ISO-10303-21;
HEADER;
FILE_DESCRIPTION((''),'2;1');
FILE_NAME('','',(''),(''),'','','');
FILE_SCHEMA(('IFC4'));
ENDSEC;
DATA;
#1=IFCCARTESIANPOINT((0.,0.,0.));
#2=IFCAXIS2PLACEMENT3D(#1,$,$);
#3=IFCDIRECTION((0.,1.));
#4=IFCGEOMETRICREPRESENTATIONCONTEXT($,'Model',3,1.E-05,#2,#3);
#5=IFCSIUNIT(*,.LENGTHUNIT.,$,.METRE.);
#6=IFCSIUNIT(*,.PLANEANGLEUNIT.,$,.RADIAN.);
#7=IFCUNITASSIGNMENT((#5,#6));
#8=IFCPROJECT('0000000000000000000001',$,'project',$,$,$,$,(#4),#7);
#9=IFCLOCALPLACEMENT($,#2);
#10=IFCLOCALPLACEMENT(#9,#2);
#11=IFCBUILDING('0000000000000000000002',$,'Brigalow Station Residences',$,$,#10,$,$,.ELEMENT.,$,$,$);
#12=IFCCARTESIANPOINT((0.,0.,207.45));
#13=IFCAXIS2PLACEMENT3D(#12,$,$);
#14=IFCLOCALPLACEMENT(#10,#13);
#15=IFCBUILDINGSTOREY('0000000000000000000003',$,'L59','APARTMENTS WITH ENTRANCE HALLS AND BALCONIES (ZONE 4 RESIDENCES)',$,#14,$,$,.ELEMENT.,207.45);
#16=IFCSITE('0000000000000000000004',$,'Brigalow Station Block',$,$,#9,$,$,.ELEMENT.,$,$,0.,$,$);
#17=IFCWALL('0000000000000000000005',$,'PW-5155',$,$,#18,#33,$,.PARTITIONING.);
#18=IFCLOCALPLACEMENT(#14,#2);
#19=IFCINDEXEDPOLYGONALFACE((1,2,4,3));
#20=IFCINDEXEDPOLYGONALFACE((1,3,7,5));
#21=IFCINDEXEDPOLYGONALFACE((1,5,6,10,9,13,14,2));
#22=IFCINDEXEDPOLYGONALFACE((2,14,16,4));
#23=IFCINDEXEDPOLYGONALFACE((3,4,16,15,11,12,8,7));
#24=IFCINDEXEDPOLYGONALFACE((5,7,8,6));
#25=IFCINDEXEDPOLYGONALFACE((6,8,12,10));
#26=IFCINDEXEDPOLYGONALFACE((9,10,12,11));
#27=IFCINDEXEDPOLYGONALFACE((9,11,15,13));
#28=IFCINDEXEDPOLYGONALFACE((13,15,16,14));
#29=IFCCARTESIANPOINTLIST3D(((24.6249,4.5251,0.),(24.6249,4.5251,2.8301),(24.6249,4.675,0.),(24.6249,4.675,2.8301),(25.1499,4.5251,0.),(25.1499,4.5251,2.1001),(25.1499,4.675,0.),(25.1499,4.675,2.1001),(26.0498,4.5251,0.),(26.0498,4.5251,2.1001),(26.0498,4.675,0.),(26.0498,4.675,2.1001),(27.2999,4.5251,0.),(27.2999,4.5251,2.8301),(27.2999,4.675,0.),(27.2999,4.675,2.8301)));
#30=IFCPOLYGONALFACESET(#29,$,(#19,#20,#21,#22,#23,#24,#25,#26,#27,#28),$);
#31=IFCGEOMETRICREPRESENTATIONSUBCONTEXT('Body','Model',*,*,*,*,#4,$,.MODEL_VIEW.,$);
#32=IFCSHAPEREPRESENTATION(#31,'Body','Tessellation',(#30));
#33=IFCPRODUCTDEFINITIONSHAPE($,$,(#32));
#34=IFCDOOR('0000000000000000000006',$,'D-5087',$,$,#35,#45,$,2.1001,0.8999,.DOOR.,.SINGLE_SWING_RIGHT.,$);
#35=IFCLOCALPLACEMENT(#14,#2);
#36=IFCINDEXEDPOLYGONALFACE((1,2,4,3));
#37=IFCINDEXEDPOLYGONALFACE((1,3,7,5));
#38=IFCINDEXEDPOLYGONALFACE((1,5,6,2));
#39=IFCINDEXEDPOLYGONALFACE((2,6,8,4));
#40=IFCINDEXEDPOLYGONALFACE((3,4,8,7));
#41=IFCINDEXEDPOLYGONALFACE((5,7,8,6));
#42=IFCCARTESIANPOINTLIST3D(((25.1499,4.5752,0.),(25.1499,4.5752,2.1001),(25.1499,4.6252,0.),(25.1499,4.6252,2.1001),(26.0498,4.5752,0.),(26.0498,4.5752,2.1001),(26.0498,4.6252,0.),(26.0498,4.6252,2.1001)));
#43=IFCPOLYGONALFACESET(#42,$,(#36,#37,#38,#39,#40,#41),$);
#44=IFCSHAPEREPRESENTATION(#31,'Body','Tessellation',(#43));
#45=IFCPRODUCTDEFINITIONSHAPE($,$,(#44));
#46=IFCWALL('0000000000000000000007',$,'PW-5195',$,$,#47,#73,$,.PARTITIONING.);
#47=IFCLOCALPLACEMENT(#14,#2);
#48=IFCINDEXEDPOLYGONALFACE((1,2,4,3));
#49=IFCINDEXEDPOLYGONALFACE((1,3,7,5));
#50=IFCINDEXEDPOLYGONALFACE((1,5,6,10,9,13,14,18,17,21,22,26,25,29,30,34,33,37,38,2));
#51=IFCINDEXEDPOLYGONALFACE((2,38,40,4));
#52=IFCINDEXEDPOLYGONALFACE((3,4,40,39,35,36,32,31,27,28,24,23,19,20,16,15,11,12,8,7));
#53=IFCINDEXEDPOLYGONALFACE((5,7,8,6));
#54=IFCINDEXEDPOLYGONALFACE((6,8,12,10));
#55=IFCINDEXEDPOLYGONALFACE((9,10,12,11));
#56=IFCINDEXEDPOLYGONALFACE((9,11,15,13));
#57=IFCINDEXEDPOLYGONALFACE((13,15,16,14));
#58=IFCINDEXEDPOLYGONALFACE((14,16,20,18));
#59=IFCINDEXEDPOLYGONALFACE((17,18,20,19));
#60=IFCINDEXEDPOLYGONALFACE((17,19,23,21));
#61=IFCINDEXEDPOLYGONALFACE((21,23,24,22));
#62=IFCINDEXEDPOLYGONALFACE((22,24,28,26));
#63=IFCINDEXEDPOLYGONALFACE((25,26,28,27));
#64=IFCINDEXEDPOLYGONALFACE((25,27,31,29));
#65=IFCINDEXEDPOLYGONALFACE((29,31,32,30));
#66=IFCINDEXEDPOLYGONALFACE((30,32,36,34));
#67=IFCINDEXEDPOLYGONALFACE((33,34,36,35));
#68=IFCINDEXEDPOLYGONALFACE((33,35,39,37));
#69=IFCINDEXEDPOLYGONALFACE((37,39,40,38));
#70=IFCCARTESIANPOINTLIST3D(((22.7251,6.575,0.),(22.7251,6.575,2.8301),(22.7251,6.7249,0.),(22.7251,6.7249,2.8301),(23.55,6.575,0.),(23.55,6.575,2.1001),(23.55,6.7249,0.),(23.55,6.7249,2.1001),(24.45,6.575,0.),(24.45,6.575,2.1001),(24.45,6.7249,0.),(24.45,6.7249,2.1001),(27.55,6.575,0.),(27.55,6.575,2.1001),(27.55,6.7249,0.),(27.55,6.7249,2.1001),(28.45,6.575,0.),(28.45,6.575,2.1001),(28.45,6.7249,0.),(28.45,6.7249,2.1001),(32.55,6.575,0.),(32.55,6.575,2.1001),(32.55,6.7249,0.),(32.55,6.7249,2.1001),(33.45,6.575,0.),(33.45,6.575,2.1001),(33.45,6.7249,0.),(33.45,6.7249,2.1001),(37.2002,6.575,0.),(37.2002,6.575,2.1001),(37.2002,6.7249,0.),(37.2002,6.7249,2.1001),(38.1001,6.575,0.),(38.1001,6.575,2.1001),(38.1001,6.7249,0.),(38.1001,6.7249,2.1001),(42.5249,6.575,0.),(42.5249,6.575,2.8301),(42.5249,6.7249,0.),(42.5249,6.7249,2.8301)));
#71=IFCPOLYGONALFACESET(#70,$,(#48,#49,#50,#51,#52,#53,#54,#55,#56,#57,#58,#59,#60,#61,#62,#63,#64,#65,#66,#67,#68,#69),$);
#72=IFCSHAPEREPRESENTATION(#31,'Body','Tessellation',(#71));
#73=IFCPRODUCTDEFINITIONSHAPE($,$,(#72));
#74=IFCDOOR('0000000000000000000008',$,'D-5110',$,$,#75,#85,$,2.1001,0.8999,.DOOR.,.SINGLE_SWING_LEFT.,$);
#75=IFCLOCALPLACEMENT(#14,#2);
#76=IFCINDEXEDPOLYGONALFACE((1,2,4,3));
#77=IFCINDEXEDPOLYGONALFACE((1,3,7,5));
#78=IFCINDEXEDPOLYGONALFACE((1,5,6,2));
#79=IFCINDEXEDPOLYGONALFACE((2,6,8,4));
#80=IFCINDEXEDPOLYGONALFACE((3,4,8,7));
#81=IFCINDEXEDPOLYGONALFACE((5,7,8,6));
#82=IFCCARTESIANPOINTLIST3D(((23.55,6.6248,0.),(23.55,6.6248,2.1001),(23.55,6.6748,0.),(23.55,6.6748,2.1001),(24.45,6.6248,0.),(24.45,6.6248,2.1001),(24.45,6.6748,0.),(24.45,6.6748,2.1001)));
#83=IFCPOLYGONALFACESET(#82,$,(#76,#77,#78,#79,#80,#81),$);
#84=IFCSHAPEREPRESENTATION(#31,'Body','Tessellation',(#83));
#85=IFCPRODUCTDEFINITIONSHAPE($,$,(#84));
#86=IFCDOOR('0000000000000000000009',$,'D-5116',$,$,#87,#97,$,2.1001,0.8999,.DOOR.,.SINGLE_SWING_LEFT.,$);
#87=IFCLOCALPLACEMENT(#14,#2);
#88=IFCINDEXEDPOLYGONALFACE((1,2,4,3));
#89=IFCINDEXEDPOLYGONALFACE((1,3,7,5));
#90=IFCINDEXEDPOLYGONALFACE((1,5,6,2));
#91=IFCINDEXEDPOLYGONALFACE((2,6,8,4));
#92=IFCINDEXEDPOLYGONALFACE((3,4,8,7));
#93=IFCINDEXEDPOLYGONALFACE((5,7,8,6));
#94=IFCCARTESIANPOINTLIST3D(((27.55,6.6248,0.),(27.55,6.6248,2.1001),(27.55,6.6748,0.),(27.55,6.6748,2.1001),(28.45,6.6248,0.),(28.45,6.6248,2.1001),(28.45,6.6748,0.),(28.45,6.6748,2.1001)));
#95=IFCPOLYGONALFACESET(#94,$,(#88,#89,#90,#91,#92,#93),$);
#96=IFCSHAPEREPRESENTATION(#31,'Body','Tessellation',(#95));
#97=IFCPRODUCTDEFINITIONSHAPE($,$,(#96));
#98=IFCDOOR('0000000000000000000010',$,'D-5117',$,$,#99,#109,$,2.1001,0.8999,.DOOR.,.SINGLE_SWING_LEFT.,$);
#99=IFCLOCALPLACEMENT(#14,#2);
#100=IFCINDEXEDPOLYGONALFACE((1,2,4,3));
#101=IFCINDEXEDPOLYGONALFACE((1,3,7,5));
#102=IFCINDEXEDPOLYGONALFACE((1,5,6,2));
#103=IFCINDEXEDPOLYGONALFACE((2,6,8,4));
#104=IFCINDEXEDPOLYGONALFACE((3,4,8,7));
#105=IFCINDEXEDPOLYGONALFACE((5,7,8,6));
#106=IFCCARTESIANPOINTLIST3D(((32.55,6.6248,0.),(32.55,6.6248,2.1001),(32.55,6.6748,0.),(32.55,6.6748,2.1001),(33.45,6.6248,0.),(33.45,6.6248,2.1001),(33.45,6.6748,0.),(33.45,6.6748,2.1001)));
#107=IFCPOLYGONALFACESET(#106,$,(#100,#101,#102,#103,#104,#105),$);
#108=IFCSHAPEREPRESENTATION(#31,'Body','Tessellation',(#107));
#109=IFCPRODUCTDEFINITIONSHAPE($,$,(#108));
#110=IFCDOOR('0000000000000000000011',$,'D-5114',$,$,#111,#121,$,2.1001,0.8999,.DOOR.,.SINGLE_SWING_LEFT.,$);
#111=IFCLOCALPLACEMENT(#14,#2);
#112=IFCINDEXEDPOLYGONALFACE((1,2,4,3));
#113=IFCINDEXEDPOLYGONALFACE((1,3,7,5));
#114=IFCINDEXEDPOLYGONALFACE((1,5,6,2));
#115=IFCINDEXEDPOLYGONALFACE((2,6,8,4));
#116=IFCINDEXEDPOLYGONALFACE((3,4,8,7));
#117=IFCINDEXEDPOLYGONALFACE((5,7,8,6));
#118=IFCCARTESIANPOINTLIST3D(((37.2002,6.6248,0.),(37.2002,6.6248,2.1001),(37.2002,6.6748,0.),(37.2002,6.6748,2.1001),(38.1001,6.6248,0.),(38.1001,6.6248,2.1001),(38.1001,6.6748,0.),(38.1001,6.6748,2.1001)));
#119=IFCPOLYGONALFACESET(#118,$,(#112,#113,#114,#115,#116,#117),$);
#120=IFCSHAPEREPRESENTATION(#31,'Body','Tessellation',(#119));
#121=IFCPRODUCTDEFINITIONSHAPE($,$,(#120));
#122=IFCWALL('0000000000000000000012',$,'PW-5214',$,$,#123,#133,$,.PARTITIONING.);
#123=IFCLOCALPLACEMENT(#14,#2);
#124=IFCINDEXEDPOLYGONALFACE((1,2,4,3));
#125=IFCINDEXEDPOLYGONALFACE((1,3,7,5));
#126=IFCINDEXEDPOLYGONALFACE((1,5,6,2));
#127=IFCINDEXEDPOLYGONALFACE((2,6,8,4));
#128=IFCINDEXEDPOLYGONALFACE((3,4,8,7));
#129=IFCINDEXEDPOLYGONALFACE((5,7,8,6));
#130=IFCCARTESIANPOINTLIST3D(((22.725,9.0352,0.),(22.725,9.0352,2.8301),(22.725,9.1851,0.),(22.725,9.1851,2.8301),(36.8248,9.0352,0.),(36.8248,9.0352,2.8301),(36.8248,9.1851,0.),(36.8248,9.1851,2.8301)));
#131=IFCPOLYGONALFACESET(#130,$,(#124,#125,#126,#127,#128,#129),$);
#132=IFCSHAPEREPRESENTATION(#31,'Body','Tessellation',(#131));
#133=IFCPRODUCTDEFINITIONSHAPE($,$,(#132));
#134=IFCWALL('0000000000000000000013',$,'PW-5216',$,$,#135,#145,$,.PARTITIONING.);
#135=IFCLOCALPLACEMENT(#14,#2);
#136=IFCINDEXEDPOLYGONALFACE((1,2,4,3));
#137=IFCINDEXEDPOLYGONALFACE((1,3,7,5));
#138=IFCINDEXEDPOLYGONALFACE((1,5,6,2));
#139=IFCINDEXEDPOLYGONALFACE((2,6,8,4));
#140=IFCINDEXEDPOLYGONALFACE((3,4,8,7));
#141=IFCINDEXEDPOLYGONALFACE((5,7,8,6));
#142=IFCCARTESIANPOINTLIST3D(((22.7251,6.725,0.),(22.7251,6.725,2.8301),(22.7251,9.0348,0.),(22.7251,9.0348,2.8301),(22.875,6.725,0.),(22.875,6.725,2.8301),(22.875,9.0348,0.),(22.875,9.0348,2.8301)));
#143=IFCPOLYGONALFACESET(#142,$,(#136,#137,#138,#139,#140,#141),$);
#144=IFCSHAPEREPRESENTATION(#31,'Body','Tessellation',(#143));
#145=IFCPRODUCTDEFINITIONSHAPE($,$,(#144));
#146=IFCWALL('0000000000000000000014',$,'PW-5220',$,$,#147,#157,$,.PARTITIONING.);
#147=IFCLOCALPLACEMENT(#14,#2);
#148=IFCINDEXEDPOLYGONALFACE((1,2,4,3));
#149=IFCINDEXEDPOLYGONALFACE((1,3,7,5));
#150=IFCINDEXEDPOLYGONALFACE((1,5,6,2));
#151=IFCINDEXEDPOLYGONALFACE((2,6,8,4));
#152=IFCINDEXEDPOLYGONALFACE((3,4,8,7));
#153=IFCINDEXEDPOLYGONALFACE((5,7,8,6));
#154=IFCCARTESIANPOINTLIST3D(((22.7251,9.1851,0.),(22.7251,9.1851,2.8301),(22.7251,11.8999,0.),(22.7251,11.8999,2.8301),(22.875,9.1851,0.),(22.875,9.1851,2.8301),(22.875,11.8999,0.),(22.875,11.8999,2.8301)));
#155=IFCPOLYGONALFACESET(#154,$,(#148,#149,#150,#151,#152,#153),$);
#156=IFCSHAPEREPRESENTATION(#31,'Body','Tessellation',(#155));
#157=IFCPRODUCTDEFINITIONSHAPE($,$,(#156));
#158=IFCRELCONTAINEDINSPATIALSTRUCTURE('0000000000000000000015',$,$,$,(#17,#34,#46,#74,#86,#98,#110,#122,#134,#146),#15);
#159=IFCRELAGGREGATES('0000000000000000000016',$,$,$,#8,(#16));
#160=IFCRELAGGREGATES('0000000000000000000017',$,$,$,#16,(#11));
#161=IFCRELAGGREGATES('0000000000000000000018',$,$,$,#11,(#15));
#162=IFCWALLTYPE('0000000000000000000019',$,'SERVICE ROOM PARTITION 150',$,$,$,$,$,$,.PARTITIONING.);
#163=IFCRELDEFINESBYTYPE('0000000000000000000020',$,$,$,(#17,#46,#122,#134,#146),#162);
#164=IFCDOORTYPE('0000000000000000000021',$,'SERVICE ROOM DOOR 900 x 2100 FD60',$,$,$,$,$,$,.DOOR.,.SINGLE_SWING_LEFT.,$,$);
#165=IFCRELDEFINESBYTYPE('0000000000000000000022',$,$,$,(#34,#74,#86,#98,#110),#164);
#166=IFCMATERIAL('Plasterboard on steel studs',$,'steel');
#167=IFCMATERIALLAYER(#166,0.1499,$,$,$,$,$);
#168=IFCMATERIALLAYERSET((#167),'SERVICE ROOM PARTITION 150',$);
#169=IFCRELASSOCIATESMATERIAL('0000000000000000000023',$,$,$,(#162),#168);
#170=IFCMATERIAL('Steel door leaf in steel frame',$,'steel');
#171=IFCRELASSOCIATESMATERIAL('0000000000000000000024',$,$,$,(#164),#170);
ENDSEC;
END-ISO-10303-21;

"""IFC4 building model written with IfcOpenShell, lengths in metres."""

from ifc_helpers import new_model, si_unit, direction, frame, frame_2d, origin, place, context, subcontext, project, spatial, rectangle, extrude, material, layer, layer_set, type_object, element, fill, save


model = new_model("IFC4")

# Units and contexts
model_context = context("Model", 3, precision=1e-05, world=origin(), true_north=direction((0.0, 1.0)))
body_context = subcontext(model_context, "Body", "Model", "MODEL_VIEW")
ifc_project = project(units=[si_unit("LENGTHUNIT", "METRE"), si_unit("PLANEANGLEUNIT", "RADIAN")], contexts=[model_context])

# Site, building, storey
site_placement = place(None, origin())
site = spatial("IfcSite", under=ifc_project, at=site_placement, Name="Brigalow Station Block", CompositionType="ELEMENT", RefElevation=0.0)
building_placement = place(site_placement, origin())
building = spatial("IfcBuilding", under=site, at=building_placement, Name="Brigalow Station Residences", CompositionType="ELEMENT")
storey_placement = place(building_placement, frame((0.0, 0.0, 207.45)))
storey = spatial("IfcBuildingStorey", under=building, at=storey_placement, Name="L59", Description="APARTMENTS WITH ENTRANCE HALLS AND BALCONIES (ZONE 4 RESIDENCES)", CompositionType="ELEMENT", Elevation=207.45)

# Wall, opening, door
ifc_material_1 = material(Name="Plasterboard on steel studs", Category="steel")
ifc_layer = layer(ifc_material_1, 0.1499)
ifc_layer_set = layer_set([ifc_layer], Name="SERVICE ROOM PARTITION 150")
wall_type = type_object("IfcWallType", Name="SERVICE ROOM PARTITION 150", PredefinedType="PARTITIONING", material=ifc_layer_set)
wall_1_placement = place(storey_placement, frame((24.625, 4.6001, 0.0), z_axis=(0.0, 0.0, 1.0), x_axis=(1.0, 0.0, 0.0)))
wall_1 = element("IfcWall", 1, at=wall_1_placement, inside=storey, type_object=wall_type, Name="PW-5155", PredefinedType="PARTITIONING", context=body_context, shape_type="SweptSolid", body=[
    extrude(rectangle(XDim=2.675, YDim=0.1499, at=frame_2d((1.3374, 0.0))), origin(), (0.0, 0.0, 1.0), 2.8301),
])
opening_1_placement = place(wall_1_placement, frame((0.5249, 0.0, 0.0)))
opening_1 = element("IfcOpeningElement", 2, at=opening_1_placement, cuts=wall_1, PredefinedType="OPENING", context=body_context, shape_type="SweptSolid", body=[
    extrude(rectangle(XDim=0.8999, YDim=2.1001, at=frame_2d((0.45, 1.05))), frame((0.0, 0.085, 0.0), z_axis=(0.0, -1.0, 0.0), x_axis=(1.0, 0.0, 0.0)), (0.0, 0.0, 1.0), 0.1699),
])
ifc_material_2 = material(Name="Steel door leaf in steel frame", Category="steel")
door_type = type_object("IfcDoorType", Name="SERVICE ROOM DOOR 900 x 2100 FD60", OperationType="SINGLE_SWING_LEFT", PredefinedType="DOOR", material=ifc_material_2)
door_1_placement = place(opening_1_placement, frame((0.8999, 0.0, 0.0), z_axis=(0.0, 0.0, 1.0), x_axis=(-1.0, 0.0, 0.0)))
door_1 = element("IfcDoor", 3, at=door_1_placement, inside=storey, type_object=door_type, Name="D-5087", OperationType="SINGLE_SWING_RIGHT", OverallHeight=2.1001, OverallWidth=0.8999, PredefinedType="DOOR", context=body_context, shape_type="SweptSolid", body=[
    extrude(rectangle(XDim=0.8999, YDim=2.1001, at=frame_2d((0.45, 1.05))), frame((0.0, 0.0249, 0.0), z_axis=(0.0, -1.0, 0.0), x_axis=(1.0, 0.0, 0.0)), (0.0, 0.0, 1.0), 0.05),
])
fill(opening_1, door_1)

# Wall, openings, doors
wall_2_placement = place(storey_placement, frame((22.7251, 6.6499, 0.0), z_axis=(0.0, 0.0, 1.0), x_axis=(1.0, 0.0, 0.0)))
wall_2 = element("IfcWall", 4, at=wall_2_placement, inside=storey, type_object=wall_type, Name="PW-5195", PredefinedType="PARTITIONING", context=body_context, shape_type="SweptSolid", body=[
    extrude(rectangle(XDim=19.7998, YDim=0.1499, at=frame_2d((9.8999, 0.0))), origin(), (0.0, 0.0, 1.0), 2.8301),
])
opening_2_placement = place(wall_2_placement, frame((0.825, 0.0, 0.0)))
opening_2 = element("IfcOpeningElement", 5, at=opening_2_placement, cuts=wall_2, PredefinedType="OPENING", context=body_context, shape_type="SweptSolid", body=[
    extrude(rectangle(XDim=0.8999, YDim=2.1001, at=frame_2d((0.45, 1.05))), frame((0.0, 0.085, 0.0), z_axis=(0.0, -1.0, 0.0), x_axis=(1.0, 0.0, 0.0)), (0.0, 0.0, 1.0), 0.1699),
])
opening_3_placement = place(wall_2_placement, frame((4.825, 0.0, 0.0)))
opening_3 = element("IfcOpeningElement", 6, at=opening_3_placement, cuts=wall_2, PredefinedType="OPENING", context=body_context, shape_type="SweptSolid", body=[
    extrude(rectangle(XDim=0.8999, YDim=2.1001, at=frame_2d((0.45, 1.05))), frame((0.0, 0.085, 0.0), z_axis=(0.0, -1.0, 0.0), x_axis=(1.0, 0.0, 0.0)), (0.0, 0.0, 1.0), 0.1699),
])
opening_4_placement = place(wall_2_placement, frame((9.825, 0.0, 0.0)))
opening_4 = element("IfcOpeningElement", 7, at=opening_4_placement, cuts=wall_2, PredefinedType="OPENING", context=body_context, shape_type="SweptSolid", body=[
    extrude(rectangle(XDim=0.8999, YDim=2.1001, at=frame_2d((0.45, 1.05))), frame((0.0, 0.085, 0.0), z_axis=(0.0, -1.0, 0.0), x_axis=(1.0, 0.0, 0.0)), (0.0, 0.0, 1.0), 0.1699),
])
opening_5_placement = place(wall_2_placement, frame((14.4751, 0.0, 0.0)))
opening_5 = element("IfcOpeningElement", 8, at=opening_5_placement, cuts=wall_2, PredefinedType="OPENING", context=body_context, shape_type="SweptSolid", body=[
    extrude(rectangle(XDim=0.8999, YDim=2.1001, at=frame_2d((0.45, 1.05))), frame((0.0, 0.085, 0.0), z_axis=(0.0, -1.0, 0.0), x_axis=(1.0, 0.0, 0.0)), (0.0, 0.0, 1.0), 0.1699),
])
door_2_placement = place(opening_2_placement, origin())
door_2 = element("IfcDoor", 9, at=door_2_placement, inside=storey, type_object=door_type, Name="D-5110", OperationType="SINGLE_SWING_LEFT", OverallHeight=2.1001, OverallWidth=0.8999, PredefinedType="DOOR", context=body_context, shape_type="SweptSolid", body=[
    extrude(rectangle(XDim=0.8999, YDim=2.1001, at=frame_2d((0.45, 1.05))), frame((0.0, 0.0249, 0.0), z_axis=(0.0, -1.0, 0.0), x_axis=(1.0, 0.0, 0.0)), (0.0, 0.0, 1.0), 0.05),
])
fill(opening_2, door_2)
door_3_placement = place(opening_3_placement, origin())
door_3 = element("IfcDoor", 10, at=door_3_placement, inside=storey, type_object=door_type, Name="D-5116", OperationType="SINGLE_SWING_LEFT", OverallHeight=2.1001, OverallWidth=0.8999, PredefinedType="DOOR", context=body_context, shape_type="SweptSolid", body=[
    extrude(rectangle(XDim=0.8999, YDim=2.1001, at=frame_2d((0.45, 1.05))), frame((0.0, 0.0249, 0.0), z_axis=(0.0, -1.0, 0.0), x_axis=(1.0, 0.0, 0.0)), (0.0, 0.0, 1.0), 0.05),
])
fill(opening_3, door_3)
door_4_placement = place(opening_4_placement, origin())
door_4 = element("IfcDoor", 11, at=door_4_placement, inside=storey, type_object=door_type, Name="D-5117", OperationType="SINGLE_SWING_LEFT", OverallHeight=2.1001, OverallWidth=0.8999, PredefinedType="DOOR", context=body_context, shape_type="SweptSolid", body=[
    extrude(rectangle(XDim=0.8999, YDim=2.1001, at=frame_2d((0.45, 1.05))), frame((0.0, 0.0249, 0.0), z_axis=(0.0, -1.0, 0.0), x_axis=(1.0, 0.0, 0.0)), (0.0, 0.0, 1.0), 0.05),
])
fill(opening_4, door_4)
door_5_placement = place(opening_5_placement, origin())
door_5 = element("IfcDoor", 12, at=door_5_placement, inside=storey, type_object=door_type, Name="D-5114", OperationType="SINGLE_SWING_LEFT", OverallHeight=2.1001, OverallWidth=0.8999, PredefinedType="DOOR", context=body_context, shape_type="SweptSolid", body=[
    extrude(rectangle(XDim=0.8999, YDim=2.1001, at=frame_2d((0.45, 1.05))), frame((0.0, 0.0249, 0.0), z_axis=(0.0, -1.0, 0.0), x_axis=(1.0, 0.0, 0.0)), (0.0, 0.0, 1.0), 0.05),
])
fill(opening_5, door_5)

# Walls
wall_3_placement = place(storey_placement, frame((22.7251, 9.1101, 0.0), z_axis=(0.0, 0.0, 1.0), x_axis=(1.0, 0.0, 0.0)))
element("IfcWall", 13, at=wall_3_placement, inside=storey, type_object=wall_type, Name="PW-5214", PredefinedType="PARTITIONING", context=body_context, shape_type="SweptSolid", body=[
    extrude(rectangle(XDim=14.0999, YDim=0.1499, at=frame_2d((7.0498, 0.0))), origin(), (0.0, 0.0, 1.0), 2.8301),
])
wall_4_placement = place(storey_placement, frame((22.8, 6.7251, 0.0), z_axis=(0.0, 0.0, 1.0), x_axis=(0.0, 1.0, 0.0)))
element("IfcWall", 14, at=wall_4_placement, inside=storey, type_object=wall_type, Name="PW-5216", PredefinedType="PARTITIONING", context=body_context, shape_type="SweptSolid", body=[
    extrude(rectangle(XDim=2.3098, YDim=0.1499, at=frame_2d((1.1548, 0.0))), origin(), (0.0, 0.0, 1.0), 2.8301),
])
wall_5_placement = place(storey_placement, frame((22.8, 9.1851, 0.0), z_axis=(0.0, 0.0, 1.0), x_axis=(0.0, 1.0, 0.0)))
element("IfcWall", 15, at=wall_5_placement, inside=storey, type_object=wall_type, Name="PW-5220", PredefinedType="PARTITIONING", context=body_context, shape_type="SweptSolid", body=[
    extrude(rectangle(XDim=2.7148, YDim=0.1499, at=frame_2d((1.3574, 0.0))), origin(), (0.0, 0.0, 1.0), 2.8301),
])

save(model, "model.ifc")
